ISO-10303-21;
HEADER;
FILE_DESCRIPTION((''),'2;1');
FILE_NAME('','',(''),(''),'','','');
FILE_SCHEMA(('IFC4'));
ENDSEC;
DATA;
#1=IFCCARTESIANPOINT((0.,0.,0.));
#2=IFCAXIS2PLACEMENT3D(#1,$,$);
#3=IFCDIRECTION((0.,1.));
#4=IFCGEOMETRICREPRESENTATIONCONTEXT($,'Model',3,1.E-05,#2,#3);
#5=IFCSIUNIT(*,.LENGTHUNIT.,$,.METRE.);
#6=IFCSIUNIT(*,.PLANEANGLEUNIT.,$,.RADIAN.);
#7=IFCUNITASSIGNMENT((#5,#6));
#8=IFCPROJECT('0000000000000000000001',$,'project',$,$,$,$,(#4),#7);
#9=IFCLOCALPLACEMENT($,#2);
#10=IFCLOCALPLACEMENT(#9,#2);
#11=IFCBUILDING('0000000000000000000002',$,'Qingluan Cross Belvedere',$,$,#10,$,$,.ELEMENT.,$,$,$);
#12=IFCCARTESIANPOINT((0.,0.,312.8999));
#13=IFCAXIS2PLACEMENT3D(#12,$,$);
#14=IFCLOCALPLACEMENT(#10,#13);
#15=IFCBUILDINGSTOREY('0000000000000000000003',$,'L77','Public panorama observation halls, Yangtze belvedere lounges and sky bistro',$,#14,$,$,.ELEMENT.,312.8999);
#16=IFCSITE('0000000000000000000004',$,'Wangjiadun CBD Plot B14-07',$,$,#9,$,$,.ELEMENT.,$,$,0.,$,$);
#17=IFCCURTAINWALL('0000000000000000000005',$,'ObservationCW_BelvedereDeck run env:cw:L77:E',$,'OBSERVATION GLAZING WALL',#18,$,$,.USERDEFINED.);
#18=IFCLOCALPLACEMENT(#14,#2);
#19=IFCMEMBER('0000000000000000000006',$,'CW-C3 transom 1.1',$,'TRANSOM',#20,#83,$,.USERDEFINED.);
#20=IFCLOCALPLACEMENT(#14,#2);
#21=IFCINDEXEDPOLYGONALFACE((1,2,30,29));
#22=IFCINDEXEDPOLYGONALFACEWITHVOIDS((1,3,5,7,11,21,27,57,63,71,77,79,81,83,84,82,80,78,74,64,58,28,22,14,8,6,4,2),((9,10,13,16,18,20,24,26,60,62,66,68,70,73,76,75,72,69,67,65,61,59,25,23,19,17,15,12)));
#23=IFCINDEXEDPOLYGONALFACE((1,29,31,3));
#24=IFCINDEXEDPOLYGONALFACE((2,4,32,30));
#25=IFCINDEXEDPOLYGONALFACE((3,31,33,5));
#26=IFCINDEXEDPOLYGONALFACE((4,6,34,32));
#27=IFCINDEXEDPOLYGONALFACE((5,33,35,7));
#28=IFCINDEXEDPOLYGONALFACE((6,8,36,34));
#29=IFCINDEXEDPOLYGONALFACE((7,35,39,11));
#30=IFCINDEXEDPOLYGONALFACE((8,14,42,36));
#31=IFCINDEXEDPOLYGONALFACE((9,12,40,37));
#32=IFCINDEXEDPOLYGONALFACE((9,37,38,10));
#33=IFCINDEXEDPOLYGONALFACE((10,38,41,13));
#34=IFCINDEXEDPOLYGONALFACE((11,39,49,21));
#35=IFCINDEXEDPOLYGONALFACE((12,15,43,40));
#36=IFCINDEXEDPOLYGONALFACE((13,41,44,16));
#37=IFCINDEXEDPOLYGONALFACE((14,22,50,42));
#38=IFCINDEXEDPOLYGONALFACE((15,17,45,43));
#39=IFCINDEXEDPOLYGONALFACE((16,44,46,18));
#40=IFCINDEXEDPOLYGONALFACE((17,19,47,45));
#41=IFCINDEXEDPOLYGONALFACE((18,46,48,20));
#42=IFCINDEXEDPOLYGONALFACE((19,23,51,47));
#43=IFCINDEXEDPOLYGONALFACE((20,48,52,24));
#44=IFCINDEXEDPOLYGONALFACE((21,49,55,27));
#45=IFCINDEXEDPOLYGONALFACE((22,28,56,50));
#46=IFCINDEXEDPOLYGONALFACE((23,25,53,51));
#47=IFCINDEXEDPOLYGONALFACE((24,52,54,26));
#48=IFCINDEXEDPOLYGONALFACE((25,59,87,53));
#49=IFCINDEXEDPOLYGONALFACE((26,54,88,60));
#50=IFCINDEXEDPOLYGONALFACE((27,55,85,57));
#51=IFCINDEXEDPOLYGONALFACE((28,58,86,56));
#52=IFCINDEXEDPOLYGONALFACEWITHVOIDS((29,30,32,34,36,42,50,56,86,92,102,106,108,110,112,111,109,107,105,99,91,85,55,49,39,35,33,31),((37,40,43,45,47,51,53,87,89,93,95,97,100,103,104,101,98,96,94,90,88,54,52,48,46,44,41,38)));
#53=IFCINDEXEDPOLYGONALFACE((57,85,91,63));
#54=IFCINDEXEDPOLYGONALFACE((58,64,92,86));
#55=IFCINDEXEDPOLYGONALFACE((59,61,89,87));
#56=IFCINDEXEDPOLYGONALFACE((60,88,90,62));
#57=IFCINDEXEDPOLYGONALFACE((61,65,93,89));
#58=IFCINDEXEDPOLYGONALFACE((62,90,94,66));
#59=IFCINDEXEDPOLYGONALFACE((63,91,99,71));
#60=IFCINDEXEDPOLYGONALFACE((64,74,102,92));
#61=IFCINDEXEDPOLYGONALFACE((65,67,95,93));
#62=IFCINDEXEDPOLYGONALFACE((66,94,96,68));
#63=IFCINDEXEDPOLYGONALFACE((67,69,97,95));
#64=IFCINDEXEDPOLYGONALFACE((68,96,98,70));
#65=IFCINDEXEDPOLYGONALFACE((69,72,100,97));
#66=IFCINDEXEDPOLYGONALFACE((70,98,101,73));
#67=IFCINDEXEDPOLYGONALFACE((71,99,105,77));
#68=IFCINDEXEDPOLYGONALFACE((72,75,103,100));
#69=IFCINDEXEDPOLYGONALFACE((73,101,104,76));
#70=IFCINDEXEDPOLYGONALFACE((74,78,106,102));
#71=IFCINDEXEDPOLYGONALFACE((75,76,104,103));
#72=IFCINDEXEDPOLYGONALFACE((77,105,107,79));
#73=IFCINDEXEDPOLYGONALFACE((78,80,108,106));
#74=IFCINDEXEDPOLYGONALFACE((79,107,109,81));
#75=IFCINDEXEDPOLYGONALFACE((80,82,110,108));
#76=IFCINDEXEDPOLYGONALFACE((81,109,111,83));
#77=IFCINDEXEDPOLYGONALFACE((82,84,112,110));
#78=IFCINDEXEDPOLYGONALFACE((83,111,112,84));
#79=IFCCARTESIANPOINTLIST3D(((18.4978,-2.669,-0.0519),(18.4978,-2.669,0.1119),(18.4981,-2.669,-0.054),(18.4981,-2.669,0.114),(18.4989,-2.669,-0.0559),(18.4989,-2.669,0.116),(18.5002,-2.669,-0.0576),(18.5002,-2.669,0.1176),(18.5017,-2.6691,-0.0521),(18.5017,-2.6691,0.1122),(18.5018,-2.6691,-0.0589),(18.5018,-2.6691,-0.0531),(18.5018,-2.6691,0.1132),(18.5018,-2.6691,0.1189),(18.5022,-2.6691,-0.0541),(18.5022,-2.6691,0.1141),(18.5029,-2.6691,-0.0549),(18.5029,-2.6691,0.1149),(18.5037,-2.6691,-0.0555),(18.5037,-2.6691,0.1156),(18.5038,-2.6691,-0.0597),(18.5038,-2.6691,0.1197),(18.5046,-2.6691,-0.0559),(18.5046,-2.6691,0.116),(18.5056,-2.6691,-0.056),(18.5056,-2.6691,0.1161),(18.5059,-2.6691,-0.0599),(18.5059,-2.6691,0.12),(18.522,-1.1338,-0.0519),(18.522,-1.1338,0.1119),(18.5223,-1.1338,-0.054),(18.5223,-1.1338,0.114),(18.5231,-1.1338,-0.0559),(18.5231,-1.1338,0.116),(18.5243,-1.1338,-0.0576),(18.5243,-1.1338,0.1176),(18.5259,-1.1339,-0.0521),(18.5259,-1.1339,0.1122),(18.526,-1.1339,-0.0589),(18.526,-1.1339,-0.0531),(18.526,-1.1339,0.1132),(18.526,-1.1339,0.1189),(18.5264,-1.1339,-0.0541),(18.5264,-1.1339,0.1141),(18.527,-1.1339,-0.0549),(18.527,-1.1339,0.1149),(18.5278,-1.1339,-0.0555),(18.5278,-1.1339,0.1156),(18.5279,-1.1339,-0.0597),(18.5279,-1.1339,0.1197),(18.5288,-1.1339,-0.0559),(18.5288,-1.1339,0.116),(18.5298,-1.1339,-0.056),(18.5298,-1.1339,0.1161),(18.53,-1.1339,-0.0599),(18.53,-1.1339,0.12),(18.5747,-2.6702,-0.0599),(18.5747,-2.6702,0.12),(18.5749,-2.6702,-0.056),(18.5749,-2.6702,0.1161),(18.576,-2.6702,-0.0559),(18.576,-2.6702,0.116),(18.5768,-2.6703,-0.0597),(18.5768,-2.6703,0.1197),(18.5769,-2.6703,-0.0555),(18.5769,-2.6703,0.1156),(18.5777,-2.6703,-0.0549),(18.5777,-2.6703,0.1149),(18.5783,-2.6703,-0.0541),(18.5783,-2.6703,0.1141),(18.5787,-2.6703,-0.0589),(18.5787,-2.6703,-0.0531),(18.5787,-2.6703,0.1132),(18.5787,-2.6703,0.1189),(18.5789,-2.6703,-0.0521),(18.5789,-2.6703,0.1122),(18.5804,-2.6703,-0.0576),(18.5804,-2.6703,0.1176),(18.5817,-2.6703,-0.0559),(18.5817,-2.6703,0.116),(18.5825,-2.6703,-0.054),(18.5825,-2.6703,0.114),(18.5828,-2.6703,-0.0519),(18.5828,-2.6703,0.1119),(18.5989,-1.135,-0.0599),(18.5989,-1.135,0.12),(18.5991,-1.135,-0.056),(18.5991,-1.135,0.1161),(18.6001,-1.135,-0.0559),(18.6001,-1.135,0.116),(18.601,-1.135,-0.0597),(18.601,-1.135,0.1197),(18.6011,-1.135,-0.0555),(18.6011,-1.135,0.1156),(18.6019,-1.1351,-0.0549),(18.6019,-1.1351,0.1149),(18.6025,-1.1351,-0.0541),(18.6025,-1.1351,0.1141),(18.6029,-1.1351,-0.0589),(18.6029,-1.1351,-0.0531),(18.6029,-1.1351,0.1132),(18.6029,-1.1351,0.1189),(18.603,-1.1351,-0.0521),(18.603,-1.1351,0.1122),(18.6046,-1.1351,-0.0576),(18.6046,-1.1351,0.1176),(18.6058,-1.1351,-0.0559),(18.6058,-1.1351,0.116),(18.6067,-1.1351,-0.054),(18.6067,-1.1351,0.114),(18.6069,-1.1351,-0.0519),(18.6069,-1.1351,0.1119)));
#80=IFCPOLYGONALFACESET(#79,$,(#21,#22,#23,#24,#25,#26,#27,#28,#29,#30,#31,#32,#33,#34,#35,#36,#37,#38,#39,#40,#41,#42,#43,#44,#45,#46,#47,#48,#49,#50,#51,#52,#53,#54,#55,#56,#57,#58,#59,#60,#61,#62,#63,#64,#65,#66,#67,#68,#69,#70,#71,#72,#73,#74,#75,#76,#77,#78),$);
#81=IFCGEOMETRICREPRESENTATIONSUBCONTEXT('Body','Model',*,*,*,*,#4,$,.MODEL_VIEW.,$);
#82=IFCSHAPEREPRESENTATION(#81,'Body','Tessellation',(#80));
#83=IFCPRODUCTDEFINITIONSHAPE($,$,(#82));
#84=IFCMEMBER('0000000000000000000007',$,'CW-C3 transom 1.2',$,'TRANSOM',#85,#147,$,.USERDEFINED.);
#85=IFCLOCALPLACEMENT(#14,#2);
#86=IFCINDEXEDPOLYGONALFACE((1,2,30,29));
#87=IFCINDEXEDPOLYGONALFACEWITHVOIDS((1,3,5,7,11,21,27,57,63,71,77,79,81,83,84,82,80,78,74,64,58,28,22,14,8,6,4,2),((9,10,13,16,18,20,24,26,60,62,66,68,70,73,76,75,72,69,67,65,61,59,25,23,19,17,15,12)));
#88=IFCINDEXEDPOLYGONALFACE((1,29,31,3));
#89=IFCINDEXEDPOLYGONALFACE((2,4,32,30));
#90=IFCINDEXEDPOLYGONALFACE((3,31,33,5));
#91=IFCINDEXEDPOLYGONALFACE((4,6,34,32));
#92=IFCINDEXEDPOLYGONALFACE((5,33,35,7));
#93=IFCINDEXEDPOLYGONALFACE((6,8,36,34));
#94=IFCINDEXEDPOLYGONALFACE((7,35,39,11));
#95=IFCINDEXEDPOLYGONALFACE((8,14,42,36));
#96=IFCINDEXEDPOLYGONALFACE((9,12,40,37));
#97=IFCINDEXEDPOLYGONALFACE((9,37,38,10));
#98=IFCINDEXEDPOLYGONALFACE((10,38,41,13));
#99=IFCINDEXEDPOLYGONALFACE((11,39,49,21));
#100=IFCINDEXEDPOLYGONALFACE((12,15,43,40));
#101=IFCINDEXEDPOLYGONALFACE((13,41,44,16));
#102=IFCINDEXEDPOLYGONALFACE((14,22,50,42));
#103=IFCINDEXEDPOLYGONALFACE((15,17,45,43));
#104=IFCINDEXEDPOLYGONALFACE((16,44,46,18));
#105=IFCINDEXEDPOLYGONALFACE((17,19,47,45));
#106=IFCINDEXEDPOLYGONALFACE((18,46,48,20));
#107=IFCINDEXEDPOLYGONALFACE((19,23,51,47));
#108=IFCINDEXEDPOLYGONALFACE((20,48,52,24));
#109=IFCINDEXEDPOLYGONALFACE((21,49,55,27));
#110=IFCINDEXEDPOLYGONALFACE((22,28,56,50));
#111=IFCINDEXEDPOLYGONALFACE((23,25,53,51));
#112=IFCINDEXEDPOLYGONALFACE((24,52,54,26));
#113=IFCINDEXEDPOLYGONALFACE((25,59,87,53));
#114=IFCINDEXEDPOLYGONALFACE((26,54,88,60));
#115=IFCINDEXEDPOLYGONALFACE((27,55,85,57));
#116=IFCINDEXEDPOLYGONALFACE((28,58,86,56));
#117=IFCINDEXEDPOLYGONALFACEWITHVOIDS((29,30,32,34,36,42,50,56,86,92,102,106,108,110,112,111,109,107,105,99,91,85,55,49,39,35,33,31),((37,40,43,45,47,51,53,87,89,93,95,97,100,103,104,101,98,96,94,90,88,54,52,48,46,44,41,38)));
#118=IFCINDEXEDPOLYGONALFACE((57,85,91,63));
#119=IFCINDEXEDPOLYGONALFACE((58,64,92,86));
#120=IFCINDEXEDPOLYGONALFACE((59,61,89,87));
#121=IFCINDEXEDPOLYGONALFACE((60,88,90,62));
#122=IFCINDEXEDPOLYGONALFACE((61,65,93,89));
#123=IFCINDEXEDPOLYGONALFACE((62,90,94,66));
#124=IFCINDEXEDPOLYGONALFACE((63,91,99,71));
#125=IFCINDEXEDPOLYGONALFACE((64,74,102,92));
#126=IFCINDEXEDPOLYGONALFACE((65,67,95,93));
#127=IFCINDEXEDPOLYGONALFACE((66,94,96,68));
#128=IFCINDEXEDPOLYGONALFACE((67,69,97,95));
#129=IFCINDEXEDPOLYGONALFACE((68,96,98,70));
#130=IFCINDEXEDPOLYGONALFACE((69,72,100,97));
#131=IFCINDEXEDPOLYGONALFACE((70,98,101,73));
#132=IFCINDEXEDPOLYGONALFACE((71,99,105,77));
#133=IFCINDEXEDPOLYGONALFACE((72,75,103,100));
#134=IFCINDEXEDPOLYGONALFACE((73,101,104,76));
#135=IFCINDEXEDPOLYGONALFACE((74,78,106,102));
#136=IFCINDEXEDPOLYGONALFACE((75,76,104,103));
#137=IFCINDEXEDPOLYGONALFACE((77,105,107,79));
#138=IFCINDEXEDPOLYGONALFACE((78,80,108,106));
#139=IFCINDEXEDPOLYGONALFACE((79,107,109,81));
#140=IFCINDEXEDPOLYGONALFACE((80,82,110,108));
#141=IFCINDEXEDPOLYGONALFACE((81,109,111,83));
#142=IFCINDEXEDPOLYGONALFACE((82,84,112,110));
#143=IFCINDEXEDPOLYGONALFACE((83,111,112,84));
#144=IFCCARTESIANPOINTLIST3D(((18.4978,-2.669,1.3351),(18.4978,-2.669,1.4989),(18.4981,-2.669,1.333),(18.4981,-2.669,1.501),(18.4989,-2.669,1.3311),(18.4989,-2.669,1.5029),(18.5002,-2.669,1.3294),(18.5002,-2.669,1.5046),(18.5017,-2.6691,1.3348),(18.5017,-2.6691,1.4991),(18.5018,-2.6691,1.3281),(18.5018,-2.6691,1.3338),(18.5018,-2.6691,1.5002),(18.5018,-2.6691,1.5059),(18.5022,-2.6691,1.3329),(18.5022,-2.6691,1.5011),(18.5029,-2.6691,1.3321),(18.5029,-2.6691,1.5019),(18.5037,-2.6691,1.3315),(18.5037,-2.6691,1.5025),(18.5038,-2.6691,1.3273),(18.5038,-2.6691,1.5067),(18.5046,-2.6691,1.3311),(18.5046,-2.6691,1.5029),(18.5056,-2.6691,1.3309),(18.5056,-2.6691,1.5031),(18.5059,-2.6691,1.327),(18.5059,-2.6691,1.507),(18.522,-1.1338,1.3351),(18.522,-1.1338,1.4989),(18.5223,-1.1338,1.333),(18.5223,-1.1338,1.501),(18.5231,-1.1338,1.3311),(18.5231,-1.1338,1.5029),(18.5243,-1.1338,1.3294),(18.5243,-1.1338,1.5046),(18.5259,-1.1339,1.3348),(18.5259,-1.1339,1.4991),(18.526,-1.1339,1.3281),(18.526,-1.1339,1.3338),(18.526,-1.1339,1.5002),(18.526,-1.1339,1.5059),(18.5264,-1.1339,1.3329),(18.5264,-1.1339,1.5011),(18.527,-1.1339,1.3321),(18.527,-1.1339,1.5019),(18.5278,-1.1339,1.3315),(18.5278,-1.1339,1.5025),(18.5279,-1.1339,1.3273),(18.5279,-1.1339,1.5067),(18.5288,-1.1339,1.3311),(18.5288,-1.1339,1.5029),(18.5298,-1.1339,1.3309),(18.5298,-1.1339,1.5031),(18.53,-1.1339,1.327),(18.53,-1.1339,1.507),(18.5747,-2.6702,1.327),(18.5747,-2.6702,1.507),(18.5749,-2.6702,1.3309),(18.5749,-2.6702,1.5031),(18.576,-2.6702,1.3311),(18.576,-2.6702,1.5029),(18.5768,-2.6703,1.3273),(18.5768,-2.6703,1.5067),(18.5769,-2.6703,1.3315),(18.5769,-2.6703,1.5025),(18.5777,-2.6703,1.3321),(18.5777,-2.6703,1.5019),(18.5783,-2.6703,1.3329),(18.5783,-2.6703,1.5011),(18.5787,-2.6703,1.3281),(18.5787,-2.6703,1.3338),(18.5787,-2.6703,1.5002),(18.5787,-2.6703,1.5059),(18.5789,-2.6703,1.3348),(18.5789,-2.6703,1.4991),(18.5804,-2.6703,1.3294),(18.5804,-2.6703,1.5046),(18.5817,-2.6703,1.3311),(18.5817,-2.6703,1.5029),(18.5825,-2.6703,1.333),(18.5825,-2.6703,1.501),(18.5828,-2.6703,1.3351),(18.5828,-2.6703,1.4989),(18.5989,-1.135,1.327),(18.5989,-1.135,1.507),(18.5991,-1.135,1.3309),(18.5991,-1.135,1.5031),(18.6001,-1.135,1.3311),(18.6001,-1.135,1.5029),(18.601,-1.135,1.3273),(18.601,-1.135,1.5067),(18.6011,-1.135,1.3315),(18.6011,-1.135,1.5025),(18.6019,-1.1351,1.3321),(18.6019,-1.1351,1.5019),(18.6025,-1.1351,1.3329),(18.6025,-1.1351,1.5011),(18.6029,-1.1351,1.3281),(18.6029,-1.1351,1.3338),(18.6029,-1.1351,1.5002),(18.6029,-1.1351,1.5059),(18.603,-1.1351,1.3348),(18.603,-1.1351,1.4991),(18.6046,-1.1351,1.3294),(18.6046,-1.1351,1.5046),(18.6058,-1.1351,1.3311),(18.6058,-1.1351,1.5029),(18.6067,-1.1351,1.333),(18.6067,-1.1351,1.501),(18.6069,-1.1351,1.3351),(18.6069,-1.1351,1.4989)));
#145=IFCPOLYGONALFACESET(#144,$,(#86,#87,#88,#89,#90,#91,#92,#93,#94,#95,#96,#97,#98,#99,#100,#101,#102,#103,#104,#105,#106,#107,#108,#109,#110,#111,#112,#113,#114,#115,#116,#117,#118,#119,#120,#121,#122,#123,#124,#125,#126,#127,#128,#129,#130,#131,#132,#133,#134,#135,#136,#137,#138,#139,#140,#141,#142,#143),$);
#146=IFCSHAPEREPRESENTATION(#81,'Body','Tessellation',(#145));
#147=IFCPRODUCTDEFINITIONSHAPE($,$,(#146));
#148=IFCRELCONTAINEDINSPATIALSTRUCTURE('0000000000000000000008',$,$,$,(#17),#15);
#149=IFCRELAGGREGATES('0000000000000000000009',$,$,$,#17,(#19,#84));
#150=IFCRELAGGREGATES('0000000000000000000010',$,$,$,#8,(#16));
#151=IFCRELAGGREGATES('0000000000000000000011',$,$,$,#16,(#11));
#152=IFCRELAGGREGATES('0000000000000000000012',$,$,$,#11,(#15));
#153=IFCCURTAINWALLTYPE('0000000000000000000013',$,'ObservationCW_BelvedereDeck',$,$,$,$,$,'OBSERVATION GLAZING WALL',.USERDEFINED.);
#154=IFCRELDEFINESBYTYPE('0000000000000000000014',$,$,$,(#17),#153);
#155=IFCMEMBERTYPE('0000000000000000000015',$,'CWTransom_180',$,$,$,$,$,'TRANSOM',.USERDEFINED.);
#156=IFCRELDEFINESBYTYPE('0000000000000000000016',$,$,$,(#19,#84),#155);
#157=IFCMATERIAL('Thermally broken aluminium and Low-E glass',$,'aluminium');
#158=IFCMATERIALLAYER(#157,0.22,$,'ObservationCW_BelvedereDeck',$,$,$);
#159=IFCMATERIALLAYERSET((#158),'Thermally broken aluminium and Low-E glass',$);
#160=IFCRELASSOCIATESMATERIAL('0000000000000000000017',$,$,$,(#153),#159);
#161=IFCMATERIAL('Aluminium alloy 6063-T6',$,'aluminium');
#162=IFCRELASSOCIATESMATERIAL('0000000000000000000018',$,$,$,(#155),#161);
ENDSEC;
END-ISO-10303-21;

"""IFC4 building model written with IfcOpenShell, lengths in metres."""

from ifc_helpers import new_model, si_unit, direction, frame, origin, origin_2d, place, context, subcontext, project, spatial, hollow_rectangle, extrude, material, layer, layer_set, material_profile, profile_set, type_object, element, aggregate, save


model = new_model("IFC4")

# Units and contexts
model_context = context("Model", 3, precision=1e-05, world=origin(), true_north=direction((0.0, 1.0)))
body_context = subcontext(model_context, "Body", "Model", "MODEL_VIEW")
ifc_project = project(units=[si_unit("LENGTHUNIT", "METRE"), si_unit("PLANEANGLEUNIT", "RADIAN")], contexts=[model_context])

# Site, building, storey
site_placement = place(None, origin())
site = spatial("IfcSite", under=ifc_project, at=site_placement, Name="Wangjiadun CBD Plot B14-07", CompositionType="ELEMENT", RefElevation=0.0)
building_placement = place(site_placement, origin())
building = spatial("IfcBuilding", under=site, at=building_placement, Name="Qingluan Cross Belvedere", CompositionType="ELEMENT")
storey_placement = place(building_placement, frame((0.0, 0.0, 312.8999)))
storey = spatial("IfcBuildingStorey", under=building, at=storey_placement, Name="L77", Description="Public panorama observation halls, Yangtze belvedere lounges and sky bistro", CompositionType="ELEMENT", Elevation=312.8999)

# Curtain wall, members
ifc_material_1 = material(Name="Thermally broken aluminium and Low-E glass", Category="aluminium")
ifc_layer_1 = layer(ifc_material_1, 0.22, Name="ObservationCW_BelvedereDeck")
ifc_layer_set_1 = layer_set([ifc_layer_1], Name="Thermally broken aluminium and Low-E glass")
curtain_wall_type = type_object("IfcCurtainWallType", Name="ObservationCW_BelvedereDeck", ElementType="OBSERVATION GLAZING WALL", PredefinedType="USERDEFINED", material=ifc_layer_set_1)
curtain_wall_placement = place(storey_placement, origin())
curtain_wall = element("IfcCurtainWall", 1, at=curtain_wall_placement, inside=storey, type_object=curtain_wall_type, Name="ObservationCW_BelvedereDeck run env:cw:L77:E", ObjectType="OBSERVATION GLAZING WALL", PredefinedType="USERDEFINED")
ifc_material_2 = material(Name="Aluminium alloy 6063-T6", Category="aluminium")
ifc_material_profile_1 = material_profile(ifc_material_2, hollow_rectangle(XDim=0.085, YDim=0.1799, WallThickness=0.0039, InnerFilletRadius=0.0039, OuterFilletRadius=0.0081, at=origin_2d()), Name="CWT180x85x4")
ifc_profile_set_1 = profile_set([ifc_material_profile_1], Name="Aluminium alloy 6063-T6")
member_type_1 = type_object("IfcMemberType", Name="CWTransom_180", ElementType="TRANSOM", PredefinedType="USERDEFINED", material=ifc_profile_set_1)
member_1_placement = place(storey_placement, frame((18.5403, -2.6697, 0.03), z_axis=(0.015742, 0.999876, 0.0), x_axis=(-0.999876, 0.015742, 0.0)))
member_1 = element("IfcMember", 2, at=member_1_placement, type_object=member_type_1, Name="CW-C3 transom 1.1", ObjectType="TRANSOM", PredefinedType="USERDEFINED", context=body_context, shape_type="SweptSolid", body=[
    extrude(hollow_rectangle(XDim=0.085, YDim=0.1799, WallThickness=0.0039, InnerFilletRadius=0.0039, OuterFilletRadius=0.0081, at=origin_2d()), origin(), (0.0, 0.0, 1.0), 1.5354),
])
member_2_placement = place(storey_placement, frame((18.5403, -2.6697, 1.417), z_axis=(0.015742, 0.999876, 0.0), x_axis=(-0.999876, 0.015742, 0.0)))
member_2 = element("IfcMember", 3, at=member_2_placement, type_object=member_type_1, Name="CW-C3 transom 1.2", ObjectType="TRANSOM", PredefinedType="USERDEFINED", context=body_context, shape_type="SweptSolid", body=[
    extrude(hollow_rectangle(XDim=0.085, YDim=0.1799, WallThickness=0.0039, InnerFilletRadius=0.0039, OuterFilletRadius=0.0081, at=origin_2d()), origin(), (0.0, 0.0, 1.0), 1.5354),
])
aggregate(curtain_wall, [member_1, member_2])

save(model, "model.ifc")
